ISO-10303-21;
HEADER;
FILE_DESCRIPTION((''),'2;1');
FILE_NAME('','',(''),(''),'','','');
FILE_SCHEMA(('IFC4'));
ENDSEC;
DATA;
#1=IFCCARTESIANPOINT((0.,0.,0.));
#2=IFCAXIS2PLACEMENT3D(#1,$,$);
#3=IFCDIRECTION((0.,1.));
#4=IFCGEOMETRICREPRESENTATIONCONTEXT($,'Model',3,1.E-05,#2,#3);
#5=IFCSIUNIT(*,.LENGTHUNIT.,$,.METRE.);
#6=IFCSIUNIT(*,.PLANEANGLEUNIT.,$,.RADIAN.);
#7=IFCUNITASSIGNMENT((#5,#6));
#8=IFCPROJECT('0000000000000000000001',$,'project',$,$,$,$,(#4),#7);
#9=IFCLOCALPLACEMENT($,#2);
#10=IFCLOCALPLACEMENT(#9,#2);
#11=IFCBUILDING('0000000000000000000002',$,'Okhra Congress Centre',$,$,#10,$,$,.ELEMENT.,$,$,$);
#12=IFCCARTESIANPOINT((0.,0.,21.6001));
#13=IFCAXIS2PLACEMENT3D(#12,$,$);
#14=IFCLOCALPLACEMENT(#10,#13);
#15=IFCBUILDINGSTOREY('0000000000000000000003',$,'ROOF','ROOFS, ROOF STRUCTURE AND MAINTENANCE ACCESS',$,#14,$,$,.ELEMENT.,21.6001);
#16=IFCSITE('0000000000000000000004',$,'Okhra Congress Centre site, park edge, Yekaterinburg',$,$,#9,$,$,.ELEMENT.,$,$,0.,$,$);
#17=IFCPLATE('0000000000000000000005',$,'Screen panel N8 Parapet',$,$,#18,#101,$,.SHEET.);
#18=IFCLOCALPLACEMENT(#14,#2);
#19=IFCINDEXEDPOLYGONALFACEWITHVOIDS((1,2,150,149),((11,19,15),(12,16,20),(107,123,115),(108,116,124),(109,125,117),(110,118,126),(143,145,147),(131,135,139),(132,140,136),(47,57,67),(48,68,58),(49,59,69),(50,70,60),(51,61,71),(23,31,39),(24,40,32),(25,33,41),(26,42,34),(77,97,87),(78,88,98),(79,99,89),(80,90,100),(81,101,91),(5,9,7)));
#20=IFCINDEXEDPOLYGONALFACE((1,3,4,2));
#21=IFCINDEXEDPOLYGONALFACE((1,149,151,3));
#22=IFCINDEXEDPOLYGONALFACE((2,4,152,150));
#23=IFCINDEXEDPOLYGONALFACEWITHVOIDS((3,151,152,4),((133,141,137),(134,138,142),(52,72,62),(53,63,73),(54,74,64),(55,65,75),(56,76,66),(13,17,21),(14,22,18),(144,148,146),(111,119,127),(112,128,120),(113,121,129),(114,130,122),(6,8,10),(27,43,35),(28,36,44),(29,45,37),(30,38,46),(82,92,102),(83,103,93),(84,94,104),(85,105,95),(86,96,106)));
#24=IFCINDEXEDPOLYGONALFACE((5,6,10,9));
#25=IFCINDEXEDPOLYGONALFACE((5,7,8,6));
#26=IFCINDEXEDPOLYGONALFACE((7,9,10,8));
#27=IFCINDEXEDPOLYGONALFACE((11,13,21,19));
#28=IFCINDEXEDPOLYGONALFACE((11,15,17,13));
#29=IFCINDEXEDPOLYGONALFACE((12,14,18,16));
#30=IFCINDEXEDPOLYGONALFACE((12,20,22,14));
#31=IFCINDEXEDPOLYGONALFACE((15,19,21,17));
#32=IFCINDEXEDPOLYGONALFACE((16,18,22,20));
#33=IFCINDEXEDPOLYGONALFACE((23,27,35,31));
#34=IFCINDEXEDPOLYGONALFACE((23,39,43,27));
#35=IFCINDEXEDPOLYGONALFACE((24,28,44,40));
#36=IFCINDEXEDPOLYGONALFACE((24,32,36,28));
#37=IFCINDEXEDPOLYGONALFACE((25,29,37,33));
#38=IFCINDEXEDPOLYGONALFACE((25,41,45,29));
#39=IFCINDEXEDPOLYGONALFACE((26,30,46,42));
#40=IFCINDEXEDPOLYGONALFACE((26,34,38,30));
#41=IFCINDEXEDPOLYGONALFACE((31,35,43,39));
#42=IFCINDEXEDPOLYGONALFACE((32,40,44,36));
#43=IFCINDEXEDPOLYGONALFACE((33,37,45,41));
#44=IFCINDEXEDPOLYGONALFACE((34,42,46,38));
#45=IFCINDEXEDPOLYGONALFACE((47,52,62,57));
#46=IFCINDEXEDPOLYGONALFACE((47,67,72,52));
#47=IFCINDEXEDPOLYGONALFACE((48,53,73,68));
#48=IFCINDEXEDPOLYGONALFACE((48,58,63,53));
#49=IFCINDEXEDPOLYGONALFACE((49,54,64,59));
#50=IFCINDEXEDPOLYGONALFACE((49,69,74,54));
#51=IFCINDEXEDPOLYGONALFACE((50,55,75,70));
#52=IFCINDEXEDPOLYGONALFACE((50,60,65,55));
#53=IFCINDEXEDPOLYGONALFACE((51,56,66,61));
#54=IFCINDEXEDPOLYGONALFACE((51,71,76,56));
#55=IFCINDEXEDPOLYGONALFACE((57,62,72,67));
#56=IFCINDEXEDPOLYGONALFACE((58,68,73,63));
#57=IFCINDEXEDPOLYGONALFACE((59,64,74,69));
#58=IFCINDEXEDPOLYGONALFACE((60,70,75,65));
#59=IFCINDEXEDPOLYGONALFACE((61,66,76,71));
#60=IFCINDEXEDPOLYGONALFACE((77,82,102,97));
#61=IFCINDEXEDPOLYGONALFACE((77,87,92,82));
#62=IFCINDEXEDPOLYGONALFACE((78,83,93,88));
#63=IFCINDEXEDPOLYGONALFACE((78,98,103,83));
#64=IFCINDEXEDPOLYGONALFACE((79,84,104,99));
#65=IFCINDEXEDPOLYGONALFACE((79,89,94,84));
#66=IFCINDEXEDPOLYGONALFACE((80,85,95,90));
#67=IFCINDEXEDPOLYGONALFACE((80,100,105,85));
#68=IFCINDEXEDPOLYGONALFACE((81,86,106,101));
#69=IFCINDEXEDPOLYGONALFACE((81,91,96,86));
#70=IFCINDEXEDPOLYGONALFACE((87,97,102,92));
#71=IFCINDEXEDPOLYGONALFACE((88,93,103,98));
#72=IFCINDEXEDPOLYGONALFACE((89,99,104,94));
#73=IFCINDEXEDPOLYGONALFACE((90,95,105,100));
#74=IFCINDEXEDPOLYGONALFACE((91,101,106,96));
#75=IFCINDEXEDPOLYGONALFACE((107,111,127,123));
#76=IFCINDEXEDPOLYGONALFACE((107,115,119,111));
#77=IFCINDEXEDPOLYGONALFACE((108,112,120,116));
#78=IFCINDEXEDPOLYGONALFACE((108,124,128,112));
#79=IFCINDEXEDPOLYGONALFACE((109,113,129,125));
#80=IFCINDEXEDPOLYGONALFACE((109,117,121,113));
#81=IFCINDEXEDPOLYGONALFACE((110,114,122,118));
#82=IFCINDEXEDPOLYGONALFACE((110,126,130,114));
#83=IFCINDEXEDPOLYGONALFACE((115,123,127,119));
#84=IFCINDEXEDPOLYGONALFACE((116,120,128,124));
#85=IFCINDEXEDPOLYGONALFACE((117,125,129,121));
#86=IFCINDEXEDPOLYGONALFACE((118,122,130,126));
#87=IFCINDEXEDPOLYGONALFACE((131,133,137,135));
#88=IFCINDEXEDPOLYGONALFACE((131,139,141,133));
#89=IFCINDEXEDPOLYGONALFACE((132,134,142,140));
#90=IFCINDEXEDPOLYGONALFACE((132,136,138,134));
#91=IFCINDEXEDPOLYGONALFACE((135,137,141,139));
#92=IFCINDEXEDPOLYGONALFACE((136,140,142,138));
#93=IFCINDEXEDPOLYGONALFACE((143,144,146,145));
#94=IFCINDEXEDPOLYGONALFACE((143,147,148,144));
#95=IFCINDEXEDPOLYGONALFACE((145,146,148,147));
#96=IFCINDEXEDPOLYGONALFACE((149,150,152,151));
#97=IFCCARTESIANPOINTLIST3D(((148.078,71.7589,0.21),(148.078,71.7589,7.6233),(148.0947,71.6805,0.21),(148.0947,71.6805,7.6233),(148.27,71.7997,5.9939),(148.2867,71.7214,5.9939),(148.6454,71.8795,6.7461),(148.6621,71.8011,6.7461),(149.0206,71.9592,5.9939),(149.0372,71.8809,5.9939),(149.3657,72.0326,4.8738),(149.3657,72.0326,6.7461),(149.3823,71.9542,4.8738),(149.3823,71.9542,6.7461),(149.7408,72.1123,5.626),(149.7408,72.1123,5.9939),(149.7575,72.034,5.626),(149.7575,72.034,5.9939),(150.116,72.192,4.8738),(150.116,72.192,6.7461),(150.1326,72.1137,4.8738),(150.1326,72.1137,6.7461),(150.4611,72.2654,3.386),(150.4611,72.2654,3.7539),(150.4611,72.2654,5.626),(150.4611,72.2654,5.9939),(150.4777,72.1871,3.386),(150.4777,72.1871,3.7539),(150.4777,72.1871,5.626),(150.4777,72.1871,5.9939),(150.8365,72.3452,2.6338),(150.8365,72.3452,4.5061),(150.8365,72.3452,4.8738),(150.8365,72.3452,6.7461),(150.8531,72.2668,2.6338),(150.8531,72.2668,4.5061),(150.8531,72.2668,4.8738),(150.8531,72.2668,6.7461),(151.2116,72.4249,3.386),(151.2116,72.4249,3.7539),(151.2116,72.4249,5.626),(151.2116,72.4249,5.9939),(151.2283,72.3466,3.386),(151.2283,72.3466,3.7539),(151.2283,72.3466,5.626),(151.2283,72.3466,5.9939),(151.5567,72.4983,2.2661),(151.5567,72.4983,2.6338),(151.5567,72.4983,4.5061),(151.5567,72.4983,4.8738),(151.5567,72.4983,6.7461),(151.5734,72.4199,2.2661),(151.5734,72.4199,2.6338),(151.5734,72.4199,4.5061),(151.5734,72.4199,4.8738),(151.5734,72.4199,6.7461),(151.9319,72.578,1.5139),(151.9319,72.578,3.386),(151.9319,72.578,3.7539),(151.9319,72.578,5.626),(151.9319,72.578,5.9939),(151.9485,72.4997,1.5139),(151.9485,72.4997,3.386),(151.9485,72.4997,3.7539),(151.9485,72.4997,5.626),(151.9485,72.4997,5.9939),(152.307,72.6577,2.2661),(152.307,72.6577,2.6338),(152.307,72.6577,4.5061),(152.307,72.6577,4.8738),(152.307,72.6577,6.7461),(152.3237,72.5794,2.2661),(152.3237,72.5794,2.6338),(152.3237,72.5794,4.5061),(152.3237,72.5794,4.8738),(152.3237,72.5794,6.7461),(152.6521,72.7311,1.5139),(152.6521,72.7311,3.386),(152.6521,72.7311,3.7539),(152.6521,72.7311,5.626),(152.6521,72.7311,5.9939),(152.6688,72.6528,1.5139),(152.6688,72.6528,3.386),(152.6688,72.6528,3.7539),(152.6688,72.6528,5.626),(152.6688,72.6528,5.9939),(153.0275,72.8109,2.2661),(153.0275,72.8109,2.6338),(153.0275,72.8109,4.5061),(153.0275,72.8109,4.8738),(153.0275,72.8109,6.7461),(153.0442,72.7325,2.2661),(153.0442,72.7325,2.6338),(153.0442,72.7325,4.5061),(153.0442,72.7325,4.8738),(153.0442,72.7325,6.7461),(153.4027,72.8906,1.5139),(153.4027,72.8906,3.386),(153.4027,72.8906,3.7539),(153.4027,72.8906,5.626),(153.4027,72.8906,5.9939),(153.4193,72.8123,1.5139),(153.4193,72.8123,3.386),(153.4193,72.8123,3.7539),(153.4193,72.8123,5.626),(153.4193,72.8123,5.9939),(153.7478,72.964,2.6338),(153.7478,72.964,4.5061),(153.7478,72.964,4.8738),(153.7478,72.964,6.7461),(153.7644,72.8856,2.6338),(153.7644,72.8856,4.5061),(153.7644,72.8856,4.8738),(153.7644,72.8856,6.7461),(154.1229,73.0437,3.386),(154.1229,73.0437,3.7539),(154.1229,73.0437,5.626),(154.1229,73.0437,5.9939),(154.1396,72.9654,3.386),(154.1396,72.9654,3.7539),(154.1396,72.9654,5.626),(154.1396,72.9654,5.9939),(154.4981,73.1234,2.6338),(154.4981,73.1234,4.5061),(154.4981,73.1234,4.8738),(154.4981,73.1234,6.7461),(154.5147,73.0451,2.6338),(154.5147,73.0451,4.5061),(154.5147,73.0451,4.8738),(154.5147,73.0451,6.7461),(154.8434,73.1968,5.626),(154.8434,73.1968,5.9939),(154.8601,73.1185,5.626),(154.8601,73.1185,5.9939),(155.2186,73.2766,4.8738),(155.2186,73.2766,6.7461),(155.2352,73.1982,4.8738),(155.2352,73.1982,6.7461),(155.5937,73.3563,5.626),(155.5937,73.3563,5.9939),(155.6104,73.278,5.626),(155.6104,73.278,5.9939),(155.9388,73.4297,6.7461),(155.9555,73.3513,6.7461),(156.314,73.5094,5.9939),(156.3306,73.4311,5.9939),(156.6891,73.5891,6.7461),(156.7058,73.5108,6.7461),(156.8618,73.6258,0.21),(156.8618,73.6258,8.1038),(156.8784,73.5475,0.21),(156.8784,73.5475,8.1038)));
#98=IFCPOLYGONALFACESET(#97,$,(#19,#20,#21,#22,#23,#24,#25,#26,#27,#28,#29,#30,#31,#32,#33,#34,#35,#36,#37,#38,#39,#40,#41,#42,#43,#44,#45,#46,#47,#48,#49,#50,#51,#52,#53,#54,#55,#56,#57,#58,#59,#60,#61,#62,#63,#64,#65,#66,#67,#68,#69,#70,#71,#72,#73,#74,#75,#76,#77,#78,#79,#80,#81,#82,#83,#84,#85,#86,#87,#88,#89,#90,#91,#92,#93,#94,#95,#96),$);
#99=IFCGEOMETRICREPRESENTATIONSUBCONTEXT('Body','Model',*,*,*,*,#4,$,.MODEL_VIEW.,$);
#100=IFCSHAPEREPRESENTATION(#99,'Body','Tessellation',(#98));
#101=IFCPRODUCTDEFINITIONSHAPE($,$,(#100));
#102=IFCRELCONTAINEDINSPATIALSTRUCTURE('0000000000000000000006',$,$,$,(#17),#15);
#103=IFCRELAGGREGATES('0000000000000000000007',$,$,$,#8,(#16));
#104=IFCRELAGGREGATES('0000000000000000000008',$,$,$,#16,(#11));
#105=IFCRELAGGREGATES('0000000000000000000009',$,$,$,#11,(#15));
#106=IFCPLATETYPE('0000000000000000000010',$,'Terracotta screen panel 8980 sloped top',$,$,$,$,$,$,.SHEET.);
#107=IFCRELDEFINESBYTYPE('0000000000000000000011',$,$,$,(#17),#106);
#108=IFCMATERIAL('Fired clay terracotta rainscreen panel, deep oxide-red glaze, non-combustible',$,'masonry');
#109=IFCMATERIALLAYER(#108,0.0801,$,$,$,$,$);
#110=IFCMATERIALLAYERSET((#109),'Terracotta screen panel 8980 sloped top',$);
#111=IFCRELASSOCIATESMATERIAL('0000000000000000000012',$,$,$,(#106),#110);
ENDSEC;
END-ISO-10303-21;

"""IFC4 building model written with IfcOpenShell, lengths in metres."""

from ifc_helpers import new_model, si_unit, direction, frame, origin, place, context, subcontext, project, spatial, polyline, outline, extrude, material, layer, layer_set, type_object, element, save


model = new_model("IFC4")

# Units and contexts
model_context = context("Model", 3, precision=1e-05, world=origin(), true_north=direction((0.0, 1.0)))
body_context = subcontext(model_context, "Body", "Model", "MODEL_VIEW")
ifc_project = project(units=[si_unit("LENGTHUNIT", "METRE"), si_unit("PLANEANGLEUNIT", "RADIAN")], contexts=[model_context])

# Site, building, storey
site_placement = place(None, origin())
site = spatial("IfcSite", under=ifc_project, at=site_placement, Name="Okhra Congress Centre site, park edge, Yekaterinburg", CompositionType="ELEMENT", RefElevation=0.0)
building_placement = place(site_placement, origin())
building = spatial("IfcBuilding", under=site, at=building_placement, Name="Okhra Congress Centre", CompositionType="ELEMENT")
storey_placement = place(building_placement, frame((0.0, 0.0, 21.6001)))
storey = spatial("IfcBuildingStorey", under=building, at=storey_placement, Name="ROOF", Description="ROOFS, ROOF STRUCTURE AND MAINTENANCE ACCESS", CompositionType="ELEMENT", Elevation=21.6001)

# Plate
ifc_material_1 = material(Name="Fired clay terracotta rainscreen panel, deep oxide-red glaze, non-combustible", Category="masonry")
ifc_layer_1 = layer(ifc_material_1, 0.0801)
ifc_layer_set_1 = layer_set([ifc_layer_1], Name="Terracotta screen panel 8980 sloped top")
plate_type_1 = type_object("IfcPlateType", Name="Terracotta screen panel 8980 sloped top", PredefinedType="SHEET", material=ifc_layer_set_1)
plate_1_placement = place(storey_placement, frame((156.8701, 73.5867, 0.21), z_axis=(0.0, 0.0, 1.0), x_axis=(-0.97815, -0.207902, 0.0)))
element("IfcPlate", 1, at=plate_1_placement, inside=storey, type_object=plate_type_1, Name="Screen panel N8 Parapet", PredefinedType="SHEET", context=body_context, shape_type="SweptSolid", body=[
    extrude(outline(polyline([(0.0, 0.0), (8.98, 0.0), (8.98, 7.4133), (0.0, 7.8938), (0.0, 0.0)]), holes=[polyline([(3.5364, 1.304), (4.3037, 1.304), (3.9199, 2.0562), (3.5364, 1.304)]), polyline([(4.6565, 2.0562), (5.04, 1.304), (5.4236, 2.0562), (4.6565, 2.0562)]), polyline([(2.4165, 2.4238), (3.1836, 2.4238), (2.8, 3.176), (2.4165, 2.4238)]), polyline([(3.5364, 3.176), (3.9199, 2.4238), (4.3037, 3.176), (3.5364, 3.176)]), polyline([(4.6565, 2.4238), (5.4236, 2.4238), (5.04, 3.176), (4.6565, 2.4238)]), polyline([(5.7764, 3.176), (6.1599, 2.4238), (6.5437, 3.176), (5.7764, 3.176)]), polyline([(2.4165, 4.2961), (2.8, 3.5439), (3.1836, 4.2961), (2.4165, 4.2961)]), polyline([(3.5364, 3.5439), (4.3037, 3.5439), (3.9199, 4.2961), (3.5364, 3.5439)]), polyline([(4.6565, 4.2961), (5.04, 3.5439), (5.4236, 4.2961), (4.6565, 4.2961)]), polyline([(5.7764, 3.5439), (6.5437, 3.5439), (6.1599, 4.2961), (5.7764, 3.5439)]), polyline([(1.2964, 5.416), (1.6799, 4.6638), (2.0635, 5.416), (1.2964, 5.416)]), polyline([(2.4165, 4.6638), (3.1836, 4.6638), (2.8, 5.416), (2.4165, 4.6638)]), polyline([(3.5364, 5.416), (3.9199, 4.6638), (4.3037, 5.416), (3.5364, 5.416)]), polyline([(4.6565, 4.6638), (5.4236, 4.6638), (5.04, 5.416), (4.6565, 4.6638)]), polyline([(5.7764, 5.416), (6.1599, 4.6638), (6.5437, 5.416), (5.7764, 5.416)]), polyline([(6.8965, 4.6638), (7.6636, 4.6638), (7.28, 5.416), (6.8965, 4.6638)]), polyline([(0.1765, 6.5361), (0.5601, 5.7839), (0.9436, 6.5361), (0.1765, 6.5361)]), polyline([(1.2964, 5.7839), (2.0635, 5.7839), (1.6799, 6.5361), (1.2964, 5.7839)]), polyline([(2.4165, 6.5361), (2.8, 5.7839), (3.1836, 6.5361), (2.4165, 6.5361)]), polyline([(3.5364, 5.7839), (4.3037, 5.7839), (3.9199, 6.5361), (3.5364, 5.7839)]), polyline([(4.6565, 6.5361), (5.04, 5.7839), (5.4236, 6.5361), (4.6565, 6.5361)]), polyline([(5.7764, 5.7839), (6.5437, 5.7839), (6.1599, 6.5361), (5.7764, 5.7839)]), polyline([(6.8965, 6.5361), (7.28, 5.7839), (7.6636, 6.5361), (6.8965, 6.5361)]), polyline([(8.0164, 5.7839), (8.7837, 5.7839), (8.3999, 6.5361), (8.0164, 5.7839)])]), frame((0.0, 0.04, 0.0), z_axis=(0.0, -1.0, 0.0), x_axis=(1.0, 0.0, 0.0)), (0.0, 0.0, 1.0), 0.0801),
])

save(model, "model.ifc")
